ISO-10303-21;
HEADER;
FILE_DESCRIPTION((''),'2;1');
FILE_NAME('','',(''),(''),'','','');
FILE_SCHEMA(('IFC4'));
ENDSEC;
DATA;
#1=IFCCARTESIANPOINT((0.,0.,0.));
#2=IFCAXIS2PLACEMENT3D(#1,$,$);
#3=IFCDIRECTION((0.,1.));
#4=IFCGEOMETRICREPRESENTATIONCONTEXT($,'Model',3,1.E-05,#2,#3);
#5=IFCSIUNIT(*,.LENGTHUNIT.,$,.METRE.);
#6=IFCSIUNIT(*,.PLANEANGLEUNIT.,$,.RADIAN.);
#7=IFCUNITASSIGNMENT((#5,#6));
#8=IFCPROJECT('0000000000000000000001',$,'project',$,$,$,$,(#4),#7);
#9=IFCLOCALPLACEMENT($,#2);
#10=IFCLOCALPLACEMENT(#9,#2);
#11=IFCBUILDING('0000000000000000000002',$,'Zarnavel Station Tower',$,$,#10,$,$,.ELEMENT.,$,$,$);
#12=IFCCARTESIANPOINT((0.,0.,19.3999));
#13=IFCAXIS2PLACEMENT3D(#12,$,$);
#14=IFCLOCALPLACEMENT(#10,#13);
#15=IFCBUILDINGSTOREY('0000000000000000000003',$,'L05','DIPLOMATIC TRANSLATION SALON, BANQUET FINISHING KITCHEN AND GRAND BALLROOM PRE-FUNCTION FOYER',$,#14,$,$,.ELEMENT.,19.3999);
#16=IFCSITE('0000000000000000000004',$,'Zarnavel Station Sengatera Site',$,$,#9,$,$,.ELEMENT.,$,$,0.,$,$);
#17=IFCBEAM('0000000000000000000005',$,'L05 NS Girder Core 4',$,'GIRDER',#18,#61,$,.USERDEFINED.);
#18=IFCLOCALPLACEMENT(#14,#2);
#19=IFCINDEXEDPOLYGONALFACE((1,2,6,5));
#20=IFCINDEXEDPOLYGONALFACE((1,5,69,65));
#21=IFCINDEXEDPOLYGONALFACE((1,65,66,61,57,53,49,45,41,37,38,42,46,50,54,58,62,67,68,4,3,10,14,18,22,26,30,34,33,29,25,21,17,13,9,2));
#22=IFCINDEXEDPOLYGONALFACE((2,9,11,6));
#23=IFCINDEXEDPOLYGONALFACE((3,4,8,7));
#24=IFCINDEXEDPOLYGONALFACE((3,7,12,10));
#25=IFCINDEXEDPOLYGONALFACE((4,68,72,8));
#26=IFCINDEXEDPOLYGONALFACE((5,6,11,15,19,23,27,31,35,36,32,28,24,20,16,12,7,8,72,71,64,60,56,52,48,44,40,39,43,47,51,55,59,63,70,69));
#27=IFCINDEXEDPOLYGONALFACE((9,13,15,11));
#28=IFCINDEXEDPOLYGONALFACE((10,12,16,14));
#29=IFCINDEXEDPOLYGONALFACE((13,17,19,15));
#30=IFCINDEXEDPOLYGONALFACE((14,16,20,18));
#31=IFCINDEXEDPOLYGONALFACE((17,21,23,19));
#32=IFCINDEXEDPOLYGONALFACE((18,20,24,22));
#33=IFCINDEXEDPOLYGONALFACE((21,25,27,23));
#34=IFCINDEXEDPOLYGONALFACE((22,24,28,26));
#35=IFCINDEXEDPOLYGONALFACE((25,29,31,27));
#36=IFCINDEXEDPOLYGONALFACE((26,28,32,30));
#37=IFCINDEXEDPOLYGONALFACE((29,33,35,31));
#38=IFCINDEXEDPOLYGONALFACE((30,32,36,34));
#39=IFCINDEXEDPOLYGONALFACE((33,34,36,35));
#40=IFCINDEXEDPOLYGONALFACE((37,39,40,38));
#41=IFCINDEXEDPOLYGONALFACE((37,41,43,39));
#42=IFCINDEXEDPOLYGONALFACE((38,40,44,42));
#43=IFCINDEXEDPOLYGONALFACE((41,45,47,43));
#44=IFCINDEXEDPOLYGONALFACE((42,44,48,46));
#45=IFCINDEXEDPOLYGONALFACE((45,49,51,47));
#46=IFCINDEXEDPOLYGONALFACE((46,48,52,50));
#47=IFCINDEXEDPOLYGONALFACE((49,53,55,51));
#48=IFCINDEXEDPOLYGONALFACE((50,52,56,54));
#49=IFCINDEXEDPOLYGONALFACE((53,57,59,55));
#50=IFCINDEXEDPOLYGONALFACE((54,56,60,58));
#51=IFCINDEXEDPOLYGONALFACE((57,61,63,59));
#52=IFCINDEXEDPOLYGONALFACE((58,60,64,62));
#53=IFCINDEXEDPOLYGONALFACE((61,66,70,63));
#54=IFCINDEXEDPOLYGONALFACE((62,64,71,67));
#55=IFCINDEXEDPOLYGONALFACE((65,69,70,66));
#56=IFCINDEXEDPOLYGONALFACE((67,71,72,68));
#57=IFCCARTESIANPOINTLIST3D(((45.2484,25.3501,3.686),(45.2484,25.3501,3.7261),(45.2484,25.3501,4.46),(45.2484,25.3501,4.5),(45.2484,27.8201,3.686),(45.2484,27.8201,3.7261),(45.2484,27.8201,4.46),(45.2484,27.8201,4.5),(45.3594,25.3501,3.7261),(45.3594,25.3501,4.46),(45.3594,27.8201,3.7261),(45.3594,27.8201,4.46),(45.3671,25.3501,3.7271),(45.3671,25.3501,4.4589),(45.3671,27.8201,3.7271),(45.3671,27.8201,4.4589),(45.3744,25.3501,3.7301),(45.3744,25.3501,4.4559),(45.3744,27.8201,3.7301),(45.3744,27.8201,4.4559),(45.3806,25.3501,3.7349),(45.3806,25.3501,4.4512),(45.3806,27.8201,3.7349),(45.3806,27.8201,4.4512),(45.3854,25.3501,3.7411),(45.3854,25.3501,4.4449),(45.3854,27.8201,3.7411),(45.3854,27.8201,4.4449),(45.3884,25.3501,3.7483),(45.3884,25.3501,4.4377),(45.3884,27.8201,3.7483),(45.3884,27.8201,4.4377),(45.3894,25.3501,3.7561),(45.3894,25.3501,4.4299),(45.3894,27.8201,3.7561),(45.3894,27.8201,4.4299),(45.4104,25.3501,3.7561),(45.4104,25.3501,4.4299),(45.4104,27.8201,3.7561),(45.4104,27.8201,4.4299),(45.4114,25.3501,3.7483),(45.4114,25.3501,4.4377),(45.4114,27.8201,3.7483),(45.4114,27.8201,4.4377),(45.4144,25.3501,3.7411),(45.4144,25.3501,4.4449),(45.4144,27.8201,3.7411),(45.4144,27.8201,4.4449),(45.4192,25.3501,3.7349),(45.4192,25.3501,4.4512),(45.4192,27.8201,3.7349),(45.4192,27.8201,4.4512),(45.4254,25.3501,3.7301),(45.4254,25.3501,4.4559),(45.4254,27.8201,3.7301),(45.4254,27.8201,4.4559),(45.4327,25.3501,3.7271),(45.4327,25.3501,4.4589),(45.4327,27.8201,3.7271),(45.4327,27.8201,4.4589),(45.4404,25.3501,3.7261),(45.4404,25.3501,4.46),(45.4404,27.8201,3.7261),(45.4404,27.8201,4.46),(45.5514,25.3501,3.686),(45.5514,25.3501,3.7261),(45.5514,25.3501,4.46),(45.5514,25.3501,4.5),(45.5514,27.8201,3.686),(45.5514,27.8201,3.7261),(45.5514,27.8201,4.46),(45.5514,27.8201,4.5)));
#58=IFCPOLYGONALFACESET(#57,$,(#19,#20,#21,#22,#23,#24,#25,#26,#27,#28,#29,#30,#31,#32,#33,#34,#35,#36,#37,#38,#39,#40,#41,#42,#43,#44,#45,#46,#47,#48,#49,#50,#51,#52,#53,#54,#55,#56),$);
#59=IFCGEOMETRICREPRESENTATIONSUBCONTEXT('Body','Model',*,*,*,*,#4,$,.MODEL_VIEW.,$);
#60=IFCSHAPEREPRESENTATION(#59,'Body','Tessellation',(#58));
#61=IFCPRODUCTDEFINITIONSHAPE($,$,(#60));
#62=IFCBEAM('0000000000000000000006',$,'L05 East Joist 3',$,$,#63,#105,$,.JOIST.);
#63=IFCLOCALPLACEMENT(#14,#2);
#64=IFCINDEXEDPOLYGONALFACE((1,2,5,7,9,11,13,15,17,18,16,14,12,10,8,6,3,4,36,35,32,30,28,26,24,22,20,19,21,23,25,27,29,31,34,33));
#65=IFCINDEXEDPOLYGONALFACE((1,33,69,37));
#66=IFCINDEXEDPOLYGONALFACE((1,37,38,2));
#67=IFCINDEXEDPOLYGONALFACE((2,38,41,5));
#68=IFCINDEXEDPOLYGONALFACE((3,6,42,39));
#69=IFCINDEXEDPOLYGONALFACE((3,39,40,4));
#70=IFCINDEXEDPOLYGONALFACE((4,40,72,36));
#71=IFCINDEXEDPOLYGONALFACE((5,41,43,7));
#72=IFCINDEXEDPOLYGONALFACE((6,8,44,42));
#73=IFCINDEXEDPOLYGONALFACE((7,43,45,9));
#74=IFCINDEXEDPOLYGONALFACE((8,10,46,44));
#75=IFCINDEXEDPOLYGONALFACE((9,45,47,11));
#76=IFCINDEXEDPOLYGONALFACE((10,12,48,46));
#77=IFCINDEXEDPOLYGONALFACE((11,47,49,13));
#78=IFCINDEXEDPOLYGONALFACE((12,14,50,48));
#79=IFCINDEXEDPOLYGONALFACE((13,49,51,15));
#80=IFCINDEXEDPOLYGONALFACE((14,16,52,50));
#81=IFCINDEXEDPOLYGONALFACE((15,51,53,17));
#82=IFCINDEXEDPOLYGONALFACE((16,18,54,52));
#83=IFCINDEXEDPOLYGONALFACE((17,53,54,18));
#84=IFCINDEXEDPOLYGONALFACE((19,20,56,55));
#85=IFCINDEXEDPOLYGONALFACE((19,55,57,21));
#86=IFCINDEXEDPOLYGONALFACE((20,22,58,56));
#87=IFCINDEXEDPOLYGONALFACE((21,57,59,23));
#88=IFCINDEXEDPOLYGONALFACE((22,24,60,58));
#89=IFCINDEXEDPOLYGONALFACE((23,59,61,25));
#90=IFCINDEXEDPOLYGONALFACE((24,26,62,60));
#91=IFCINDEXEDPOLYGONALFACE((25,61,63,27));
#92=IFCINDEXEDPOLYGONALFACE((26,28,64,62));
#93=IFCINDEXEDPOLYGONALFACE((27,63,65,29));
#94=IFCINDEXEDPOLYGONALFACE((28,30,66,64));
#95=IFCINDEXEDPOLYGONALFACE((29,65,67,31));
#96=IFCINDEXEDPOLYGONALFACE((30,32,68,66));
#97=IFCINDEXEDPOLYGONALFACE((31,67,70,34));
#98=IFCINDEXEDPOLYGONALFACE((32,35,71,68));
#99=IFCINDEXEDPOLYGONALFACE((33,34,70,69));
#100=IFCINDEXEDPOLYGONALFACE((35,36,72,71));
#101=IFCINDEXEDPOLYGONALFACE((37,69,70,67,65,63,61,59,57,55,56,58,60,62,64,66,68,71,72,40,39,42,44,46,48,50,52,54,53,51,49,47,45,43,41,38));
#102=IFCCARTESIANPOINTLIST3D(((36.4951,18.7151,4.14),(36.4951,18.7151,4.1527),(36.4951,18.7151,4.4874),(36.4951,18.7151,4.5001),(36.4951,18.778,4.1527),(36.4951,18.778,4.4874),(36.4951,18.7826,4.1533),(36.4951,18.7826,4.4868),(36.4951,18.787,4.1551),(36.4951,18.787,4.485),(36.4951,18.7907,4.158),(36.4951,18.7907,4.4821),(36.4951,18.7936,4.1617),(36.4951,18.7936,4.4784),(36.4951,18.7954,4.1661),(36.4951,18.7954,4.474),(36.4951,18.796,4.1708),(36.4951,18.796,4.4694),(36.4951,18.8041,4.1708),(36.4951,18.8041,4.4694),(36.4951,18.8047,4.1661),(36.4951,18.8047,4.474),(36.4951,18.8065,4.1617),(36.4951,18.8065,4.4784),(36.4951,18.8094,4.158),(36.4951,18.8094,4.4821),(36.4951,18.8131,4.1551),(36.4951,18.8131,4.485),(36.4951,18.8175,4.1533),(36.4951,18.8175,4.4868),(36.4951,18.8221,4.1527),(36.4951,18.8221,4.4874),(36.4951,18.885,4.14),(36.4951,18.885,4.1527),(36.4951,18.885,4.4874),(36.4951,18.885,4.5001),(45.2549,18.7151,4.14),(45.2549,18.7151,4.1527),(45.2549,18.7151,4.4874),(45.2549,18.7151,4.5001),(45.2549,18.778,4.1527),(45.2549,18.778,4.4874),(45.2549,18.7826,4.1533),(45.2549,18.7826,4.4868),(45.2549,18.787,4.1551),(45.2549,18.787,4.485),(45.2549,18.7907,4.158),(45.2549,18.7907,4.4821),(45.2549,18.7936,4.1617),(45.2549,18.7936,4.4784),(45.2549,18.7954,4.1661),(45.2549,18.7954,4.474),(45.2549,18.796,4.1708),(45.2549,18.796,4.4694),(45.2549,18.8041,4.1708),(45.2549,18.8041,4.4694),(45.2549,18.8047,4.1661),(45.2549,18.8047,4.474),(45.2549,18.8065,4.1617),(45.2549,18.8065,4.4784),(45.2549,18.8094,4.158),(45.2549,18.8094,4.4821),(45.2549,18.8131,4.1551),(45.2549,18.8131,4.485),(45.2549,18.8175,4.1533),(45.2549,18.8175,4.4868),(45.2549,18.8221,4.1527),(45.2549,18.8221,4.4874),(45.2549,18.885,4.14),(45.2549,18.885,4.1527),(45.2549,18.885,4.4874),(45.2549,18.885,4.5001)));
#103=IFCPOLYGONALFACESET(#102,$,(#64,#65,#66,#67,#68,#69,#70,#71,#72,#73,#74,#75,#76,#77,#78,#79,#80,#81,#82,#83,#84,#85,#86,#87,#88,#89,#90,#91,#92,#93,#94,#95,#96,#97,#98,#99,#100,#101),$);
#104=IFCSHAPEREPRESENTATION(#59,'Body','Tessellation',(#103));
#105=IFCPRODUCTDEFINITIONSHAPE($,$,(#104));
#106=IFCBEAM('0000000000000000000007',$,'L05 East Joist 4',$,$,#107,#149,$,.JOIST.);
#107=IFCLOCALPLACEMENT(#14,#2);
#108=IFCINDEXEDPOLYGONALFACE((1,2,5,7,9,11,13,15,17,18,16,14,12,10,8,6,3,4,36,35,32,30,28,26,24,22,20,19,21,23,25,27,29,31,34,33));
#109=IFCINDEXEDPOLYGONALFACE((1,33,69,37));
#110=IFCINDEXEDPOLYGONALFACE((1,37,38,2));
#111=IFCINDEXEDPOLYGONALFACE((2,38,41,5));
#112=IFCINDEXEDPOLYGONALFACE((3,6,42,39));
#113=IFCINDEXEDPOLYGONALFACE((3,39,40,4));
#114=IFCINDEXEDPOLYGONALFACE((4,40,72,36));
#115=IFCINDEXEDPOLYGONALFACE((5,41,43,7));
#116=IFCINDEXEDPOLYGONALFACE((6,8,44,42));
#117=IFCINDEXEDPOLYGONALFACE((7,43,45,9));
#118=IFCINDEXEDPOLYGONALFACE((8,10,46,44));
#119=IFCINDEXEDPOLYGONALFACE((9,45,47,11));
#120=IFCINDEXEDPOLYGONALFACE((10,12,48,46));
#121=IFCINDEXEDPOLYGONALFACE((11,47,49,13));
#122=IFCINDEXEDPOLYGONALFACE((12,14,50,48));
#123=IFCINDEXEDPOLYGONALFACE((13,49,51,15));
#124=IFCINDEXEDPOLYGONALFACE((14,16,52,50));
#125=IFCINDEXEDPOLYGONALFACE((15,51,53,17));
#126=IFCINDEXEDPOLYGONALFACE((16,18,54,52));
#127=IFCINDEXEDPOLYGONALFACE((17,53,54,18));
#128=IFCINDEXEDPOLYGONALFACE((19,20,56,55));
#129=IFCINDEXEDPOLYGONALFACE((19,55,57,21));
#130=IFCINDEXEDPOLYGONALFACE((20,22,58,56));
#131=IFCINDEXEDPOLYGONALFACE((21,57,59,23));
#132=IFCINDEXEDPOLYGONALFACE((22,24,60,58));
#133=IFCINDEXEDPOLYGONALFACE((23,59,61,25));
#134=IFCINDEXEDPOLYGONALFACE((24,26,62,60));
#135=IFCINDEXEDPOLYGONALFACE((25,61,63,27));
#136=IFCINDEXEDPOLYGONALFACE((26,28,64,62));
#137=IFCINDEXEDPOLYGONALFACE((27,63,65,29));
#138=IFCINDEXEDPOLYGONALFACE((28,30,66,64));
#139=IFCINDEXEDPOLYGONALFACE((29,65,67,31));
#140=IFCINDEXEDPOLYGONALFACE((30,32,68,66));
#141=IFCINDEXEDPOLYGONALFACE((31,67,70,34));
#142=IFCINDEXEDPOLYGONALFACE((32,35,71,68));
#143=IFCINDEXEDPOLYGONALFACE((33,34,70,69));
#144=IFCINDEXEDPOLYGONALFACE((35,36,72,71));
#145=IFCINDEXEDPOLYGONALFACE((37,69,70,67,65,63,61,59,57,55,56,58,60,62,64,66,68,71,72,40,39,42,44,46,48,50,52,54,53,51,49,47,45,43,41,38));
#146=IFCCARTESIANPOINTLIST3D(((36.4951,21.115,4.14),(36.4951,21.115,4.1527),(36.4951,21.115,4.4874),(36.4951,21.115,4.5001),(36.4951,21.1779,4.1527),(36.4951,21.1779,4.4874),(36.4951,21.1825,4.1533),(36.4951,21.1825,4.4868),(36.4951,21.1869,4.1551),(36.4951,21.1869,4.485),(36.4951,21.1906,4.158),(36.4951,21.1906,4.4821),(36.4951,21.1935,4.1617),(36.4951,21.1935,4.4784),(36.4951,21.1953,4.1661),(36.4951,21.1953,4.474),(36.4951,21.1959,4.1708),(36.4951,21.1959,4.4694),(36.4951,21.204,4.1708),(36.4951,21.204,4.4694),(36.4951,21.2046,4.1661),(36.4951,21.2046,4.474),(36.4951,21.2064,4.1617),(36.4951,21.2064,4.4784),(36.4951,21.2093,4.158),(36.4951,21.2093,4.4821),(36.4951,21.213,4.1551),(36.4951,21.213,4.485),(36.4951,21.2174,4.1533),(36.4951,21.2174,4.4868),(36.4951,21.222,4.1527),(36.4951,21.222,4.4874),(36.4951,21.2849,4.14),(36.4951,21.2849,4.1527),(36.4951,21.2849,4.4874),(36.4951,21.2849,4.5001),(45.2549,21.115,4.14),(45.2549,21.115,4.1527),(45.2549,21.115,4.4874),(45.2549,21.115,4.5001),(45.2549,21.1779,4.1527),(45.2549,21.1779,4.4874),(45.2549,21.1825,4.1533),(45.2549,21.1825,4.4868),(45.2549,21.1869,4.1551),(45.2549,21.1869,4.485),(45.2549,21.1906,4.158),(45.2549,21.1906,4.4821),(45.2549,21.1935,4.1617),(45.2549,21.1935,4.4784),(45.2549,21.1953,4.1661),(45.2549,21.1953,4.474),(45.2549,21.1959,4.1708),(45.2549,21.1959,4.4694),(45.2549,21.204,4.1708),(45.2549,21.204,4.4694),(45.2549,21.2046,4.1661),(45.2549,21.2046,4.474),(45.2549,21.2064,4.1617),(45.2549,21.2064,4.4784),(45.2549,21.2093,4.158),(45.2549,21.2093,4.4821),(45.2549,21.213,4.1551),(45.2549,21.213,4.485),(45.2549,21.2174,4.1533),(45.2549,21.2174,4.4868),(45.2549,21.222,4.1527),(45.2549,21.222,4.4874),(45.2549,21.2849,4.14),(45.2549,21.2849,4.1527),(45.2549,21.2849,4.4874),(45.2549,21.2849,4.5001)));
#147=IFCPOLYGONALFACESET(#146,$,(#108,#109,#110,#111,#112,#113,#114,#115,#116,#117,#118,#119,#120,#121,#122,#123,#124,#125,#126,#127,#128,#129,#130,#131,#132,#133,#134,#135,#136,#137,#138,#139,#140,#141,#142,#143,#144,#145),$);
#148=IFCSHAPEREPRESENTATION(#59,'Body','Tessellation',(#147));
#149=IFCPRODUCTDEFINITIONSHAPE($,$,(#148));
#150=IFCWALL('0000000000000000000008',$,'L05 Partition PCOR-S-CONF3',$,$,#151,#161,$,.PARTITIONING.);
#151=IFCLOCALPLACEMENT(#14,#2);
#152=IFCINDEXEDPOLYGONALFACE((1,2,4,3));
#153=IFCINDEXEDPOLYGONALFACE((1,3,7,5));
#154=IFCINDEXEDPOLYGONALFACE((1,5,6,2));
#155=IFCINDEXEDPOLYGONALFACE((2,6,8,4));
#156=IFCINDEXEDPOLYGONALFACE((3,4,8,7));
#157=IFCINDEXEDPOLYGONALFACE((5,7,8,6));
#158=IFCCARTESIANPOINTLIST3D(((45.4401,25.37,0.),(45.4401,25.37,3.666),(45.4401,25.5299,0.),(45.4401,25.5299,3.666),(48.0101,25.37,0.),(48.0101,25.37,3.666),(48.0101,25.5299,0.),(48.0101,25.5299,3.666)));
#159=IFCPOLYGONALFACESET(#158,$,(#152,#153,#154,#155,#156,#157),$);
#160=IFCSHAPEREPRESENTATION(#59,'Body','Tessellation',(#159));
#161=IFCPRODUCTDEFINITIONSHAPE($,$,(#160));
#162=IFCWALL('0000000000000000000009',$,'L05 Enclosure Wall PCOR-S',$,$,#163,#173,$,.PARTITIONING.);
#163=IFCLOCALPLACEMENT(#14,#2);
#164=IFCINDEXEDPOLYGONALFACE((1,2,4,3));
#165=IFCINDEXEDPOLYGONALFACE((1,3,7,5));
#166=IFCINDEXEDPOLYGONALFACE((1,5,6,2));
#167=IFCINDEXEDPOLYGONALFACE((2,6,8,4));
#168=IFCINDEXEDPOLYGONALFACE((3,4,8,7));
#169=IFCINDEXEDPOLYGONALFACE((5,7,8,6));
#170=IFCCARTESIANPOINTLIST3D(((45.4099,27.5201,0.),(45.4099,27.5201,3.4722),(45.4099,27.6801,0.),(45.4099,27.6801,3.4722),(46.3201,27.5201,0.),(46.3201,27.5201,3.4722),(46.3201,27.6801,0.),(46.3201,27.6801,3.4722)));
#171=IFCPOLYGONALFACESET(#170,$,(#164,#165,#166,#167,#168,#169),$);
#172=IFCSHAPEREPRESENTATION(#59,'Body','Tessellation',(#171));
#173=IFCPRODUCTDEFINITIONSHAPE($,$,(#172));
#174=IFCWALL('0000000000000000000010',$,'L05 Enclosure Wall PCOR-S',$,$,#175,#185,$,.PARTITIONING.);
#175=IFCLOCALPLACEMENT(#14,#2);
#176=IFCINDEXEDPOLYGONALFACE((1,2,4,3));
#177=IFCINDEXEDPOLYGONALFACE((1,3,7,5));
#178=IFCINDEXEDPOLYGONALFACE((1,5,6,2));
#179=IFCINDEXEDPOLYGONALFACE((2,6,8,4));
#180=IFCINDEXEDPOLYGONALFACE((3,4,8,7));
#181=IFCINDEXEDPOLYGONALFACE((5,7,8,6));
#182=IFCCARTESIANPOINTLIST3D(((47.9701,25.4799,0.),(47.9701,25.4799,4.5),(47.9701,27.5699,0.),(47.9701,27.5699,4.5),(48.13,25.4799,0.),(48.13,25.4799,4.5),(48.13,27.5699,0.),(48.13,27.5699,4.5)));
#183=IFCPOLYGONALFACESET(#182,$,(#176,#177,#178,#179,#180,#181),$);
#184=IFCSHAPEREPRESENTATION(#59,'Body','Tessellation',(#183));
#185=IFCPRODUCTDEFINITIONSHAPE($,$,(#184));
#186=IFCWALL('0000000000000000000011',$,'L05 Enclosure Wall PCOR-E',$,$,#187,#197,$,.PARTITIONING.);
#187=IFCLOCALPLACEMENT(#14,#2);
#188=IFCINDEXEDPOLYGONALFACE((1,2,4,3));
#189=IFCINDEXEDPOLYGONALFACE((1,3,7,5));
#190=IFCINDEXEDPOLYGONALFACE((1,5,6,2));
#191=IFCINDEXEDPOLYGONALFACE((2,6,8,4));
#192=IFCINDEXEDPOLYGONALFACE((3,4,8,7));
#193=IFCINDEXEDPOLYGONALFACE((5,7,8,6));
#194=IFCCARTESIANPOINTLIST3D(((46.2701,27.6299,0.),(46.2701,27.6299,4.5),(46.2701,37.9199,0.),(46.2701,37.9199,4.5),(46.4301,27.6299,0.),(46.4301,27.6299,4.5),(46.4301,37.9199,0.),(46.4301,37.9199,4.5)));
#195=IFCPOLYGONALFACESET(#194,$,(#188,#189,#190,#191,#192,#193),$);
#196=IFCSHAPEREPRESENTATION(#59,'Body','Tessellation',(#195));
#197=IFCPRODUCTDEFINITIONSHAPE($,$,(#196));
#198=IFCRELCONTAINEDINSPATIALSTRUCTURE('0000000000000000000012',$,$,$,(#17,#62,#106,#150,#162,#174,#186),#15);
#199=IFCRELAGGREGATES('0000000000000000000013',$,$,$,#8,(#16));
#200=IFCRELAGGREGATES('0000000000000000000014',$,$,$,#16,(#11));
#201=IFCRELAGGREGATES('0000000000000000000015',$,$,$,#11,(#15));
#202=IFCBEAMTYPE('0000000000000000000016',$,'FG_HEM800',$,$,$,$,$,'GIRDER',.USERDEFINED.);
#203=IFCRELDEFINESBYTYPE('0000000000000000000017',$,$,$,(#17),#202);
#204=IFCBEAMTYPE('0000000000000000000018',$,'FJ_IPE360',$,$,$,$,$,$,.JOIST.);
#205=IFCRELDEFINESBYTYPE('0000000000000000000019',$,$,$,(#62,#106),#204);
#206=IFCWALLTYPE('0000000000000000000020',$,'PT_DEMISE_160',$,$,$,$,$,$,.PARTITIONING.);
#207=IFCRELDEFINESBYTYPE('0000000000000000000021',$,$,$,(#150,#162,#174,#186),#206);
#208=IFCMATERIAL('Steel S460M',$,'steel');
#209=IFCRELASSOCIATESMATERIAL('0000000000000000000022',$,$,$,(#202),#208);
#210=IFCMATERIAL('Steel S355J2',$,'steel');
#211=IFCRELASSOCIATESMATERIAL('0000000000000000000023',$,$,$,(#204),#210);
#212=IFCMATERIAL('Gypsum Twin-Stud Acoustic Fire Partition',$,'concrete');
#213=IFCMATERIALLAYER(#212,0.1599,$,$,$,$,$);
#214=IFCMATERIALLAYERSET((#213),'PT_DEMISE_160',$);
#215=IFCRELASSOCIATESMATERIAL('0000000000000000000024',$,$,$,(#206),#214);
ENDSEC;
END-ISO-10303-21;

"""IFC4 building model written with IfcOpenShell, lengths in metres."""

from ifc_helpers import new_model, si_unit, direction, frame, frame_2d, origin, origin_2d, place, context, subcontext, project, spatial, rectangle, i_section, extrude, material, layer, layer_set, material_profile, profile_set, type_object, element, save


model = new_model("IFC4")

# Units and contexts
model_context = context("Model", 3, precision=1e-05, world=origin(), true_north=direction((0.0, 1.0)))
body_context = subcontext(model_context, "Body", "Model", "MODEL_VIEW")
ifc_project = project(units=[si_unit("LENGTHUNIT", "METRE"), si_unit("PLANEANGLEUNIT", "RADIAN")], contexts=[model_context])

# Site, building, storey
site_placement = place(None, origin())
site = spatial("IfcSite", under=ifc_project, at=site_placement, Name="Zarnavel Station Sengatera Site", CompositionType="ELEMENT", RefElevation=0.0)
building_placement = place(site_placement, origin())
building = spatial("IfcBuilding", under=site, at=building_placement, Name="Zarnavel Station Tower", CompositionType="ELEMENT")
storey_placement = place(building_placement, frame((0.0, 0.0, 19.3999)))
storey = spatial("IfcBuildingStorey", under=building, at=storey_placement, Name="L05", Description="DIPLOMATIC TRANSLATION SALON, BANQUET FINISHING KITCHEN AND GRAND BALLROOM PRE-FUNCTION FOYER", CompositionType="ELEMENT", Elevation=19.3999)

# Beams
ifc_material_1 = material(Name="Steel S460M", Category="steel")
ifc_material_profile_1 = material_profile(ifc_material_1, i_section(OverallWidth=0.303, OverallDepth=0.814, WebThickness=0.021, FlangeThickness=0.04, FilletRadius=0.03, at=origin_2d()), Name="HEM800")
ifc_profile_set_1 = profile_set([ifc_material_profile_1], Name="Steel S460M")
beam_type_1 = type_object("IfcBeamType", Name="FG_HEM800", ElementType="GIRDER", PredefinedType="USERDEFINED", material=ifc_profile_set_1)
beam_1_placement = place(storey_placement, frame((45.3999, 25.3501, 4.093), z_axis=(0.0, 1.0, 0.0), x_axis=(-1.0, 0.0, 0.0)))
element("IfcBeam", 1, at=beam_1_placement, inside=storey, type_object=beam_type_1, Name="L05 NS Girder Core 4", ObjectType="GIRDER", PredefinedType="USERDEFINED", context=body_context, shape_type="SweptSolid", body=[
    extrude(i_section(OverallWidth=0.303, OverallDepth=0.814, WebThickness=0.021, FlangeThickness=0.04, FilletRadius=0.03, at=origin_2d()), origin(), (0.0, 0.0, 1.0), 2.47),
])
ifc_material_2 = material(Name="Steel S355J2", Category="steel")
ifc_material_profile_2 = material_profile(ifc_material_2, i_section(OverallWidth=0.1699, OverallDepth=0.3601, WebThickness=0.0081, FlangeThickness=0.0127, FilletRadius=0.0181, at=origin_2d()), Name="IPE360")
ifc_profile_set_2 = profile_set([ifc_material_profile_2], Name="Steel S355J2")
beam_type_2 = type_object("IfcBeamType", Name="FJ_IPE360", PredefinedType="JOIST", material=ifc_profile_set_2)
for number, where, z_axis, x_axis, name in (
    (2, (36.4951, 18.8, 4.3201), (1.0, 0.0, 0.0), (0.0, 1.0, 0.0), "L05 East Joist 3"),
    (3, (36.4951, 21.2, 4.3201), (1.0, 0.0, 0.0), (0.0, 1.0, 0.0), "L05 East Joist 4"),
):
    element("IfcBeam", number, at=place(storey_placement, frame(where, z_axis=z_axis, x_axis=x_axis)), inside=storey, type_object=beam_type_2, Name=name, PredefinedType="JOIST", context=body_context, shape_type="SweptSolid", body=[
        extrude(i_section(OverallWidth=0.1699, OverallDepth=0.3601, WebThickness=0.0081, FlangeThickness=0.0127, FilletRadius=0.0181, at=origin_2d()), origin(), (0.0, 0.0, 1.0), 8.7598),
    ])

# Walls
ifc_material_3 = material(Name="Gypsum Twin-Stud Acoustic Fire Partition", Category="concrete")
ifc_layer_1 = layer(ifc_material_3, 0.1599)
ifc_layer_set_1 = layer_set([ifc_layer_1], Name="PT_DEMISE_160")
wall_type_1 = type_object("IfcWallType", Name="PT_DEMISE_160", PredefinedType="PARTITIONING", material=ifc_layer_set_1)
wall_1_placement = place(storey_placement, frame((45.4399, 25.45, 0.0), z_axis=(0.0, 0.0, 1.0), x_axis=(1.0, 0.0, 0.0)))
element("IfcWall", 4, at=wall_1_placement, inside=storey, type_object=wall_type_1, Name="L05 Partition PCOR-S-CONF3", PredefinedType="PARTITIONING", context=body_context, shape_type="SweptSolid", body=[
    extrude(rectangle(XDim=2.5701, YDim=0.1599, at=frame_2d((1.2852, 0.0))), origin(), (0.0, 0.0, 1.0), 3.666),
])
wall_2_placement = place(storey_placement, frame((45.4099, 27.6001, 0.0), z_axis=(0.0, 0.0, 1.0), x_axis=(1.0, 0.0, 0.0)))
element("IfcWall", 5, at=wall_2_placement, inside=storey, type_object=wall_type_1, Name="L05 Enclosure Wall PCOR-S", PredefinedType="PARTITIONING", context=body_context, shape_type="SweptSolid", body=[
    extrude(rectangle(XDim=0.9102, YDim=0.1599, at=frame_2d((0.4551, 0.0))), origin(), (0.0, 0.0, 1.0), 3.4722),
])
wall_3_placement = place(storey_placement, frame((48.05, 25.48, 0.0), z_axis=(0.0, 0.0, 1.0), x_axis=(0.0, 1.0, 0.0)))
element("IfcWall", 6, at=wall_3_placement, inside=storey, type_object=wall_type_1, Name="L05 Enclosure Wall PCOR-S", PredefinedType="PARTITIONING", context=body_context, shape_type="SweptSolid", body=[
    extrude(rectangle(XDim=2.0901, YDim=0.1599, at=frame_2d((1.0449, 0.0))), origin(), (0.0, 0.0, 1.0), 4.5),
])
wall_4_placement = place(storey_placement, frame((46.3501, 27.6299, 0.0), z_axis=(0.0, 0.0, 1.0), x_axis=(0.0, 1.0, 0.0)))
element("IfcWall", 7, at=wall_4_placement, inside=storey, type_object=wall_type_1, Name="L05 Enclosure Wall PCOR-E", PredefinedType="PARTITIONING", context=body_context, shape_type="SweptSolid", body=[
    extrude(rectangle(XDim=10.29, YDim=0.1599, at=frame_2d((5.145, 0.0))), origin(), (0.0, 0.0, 1.0), 4.5),
])

save(model, "model.ifc")
